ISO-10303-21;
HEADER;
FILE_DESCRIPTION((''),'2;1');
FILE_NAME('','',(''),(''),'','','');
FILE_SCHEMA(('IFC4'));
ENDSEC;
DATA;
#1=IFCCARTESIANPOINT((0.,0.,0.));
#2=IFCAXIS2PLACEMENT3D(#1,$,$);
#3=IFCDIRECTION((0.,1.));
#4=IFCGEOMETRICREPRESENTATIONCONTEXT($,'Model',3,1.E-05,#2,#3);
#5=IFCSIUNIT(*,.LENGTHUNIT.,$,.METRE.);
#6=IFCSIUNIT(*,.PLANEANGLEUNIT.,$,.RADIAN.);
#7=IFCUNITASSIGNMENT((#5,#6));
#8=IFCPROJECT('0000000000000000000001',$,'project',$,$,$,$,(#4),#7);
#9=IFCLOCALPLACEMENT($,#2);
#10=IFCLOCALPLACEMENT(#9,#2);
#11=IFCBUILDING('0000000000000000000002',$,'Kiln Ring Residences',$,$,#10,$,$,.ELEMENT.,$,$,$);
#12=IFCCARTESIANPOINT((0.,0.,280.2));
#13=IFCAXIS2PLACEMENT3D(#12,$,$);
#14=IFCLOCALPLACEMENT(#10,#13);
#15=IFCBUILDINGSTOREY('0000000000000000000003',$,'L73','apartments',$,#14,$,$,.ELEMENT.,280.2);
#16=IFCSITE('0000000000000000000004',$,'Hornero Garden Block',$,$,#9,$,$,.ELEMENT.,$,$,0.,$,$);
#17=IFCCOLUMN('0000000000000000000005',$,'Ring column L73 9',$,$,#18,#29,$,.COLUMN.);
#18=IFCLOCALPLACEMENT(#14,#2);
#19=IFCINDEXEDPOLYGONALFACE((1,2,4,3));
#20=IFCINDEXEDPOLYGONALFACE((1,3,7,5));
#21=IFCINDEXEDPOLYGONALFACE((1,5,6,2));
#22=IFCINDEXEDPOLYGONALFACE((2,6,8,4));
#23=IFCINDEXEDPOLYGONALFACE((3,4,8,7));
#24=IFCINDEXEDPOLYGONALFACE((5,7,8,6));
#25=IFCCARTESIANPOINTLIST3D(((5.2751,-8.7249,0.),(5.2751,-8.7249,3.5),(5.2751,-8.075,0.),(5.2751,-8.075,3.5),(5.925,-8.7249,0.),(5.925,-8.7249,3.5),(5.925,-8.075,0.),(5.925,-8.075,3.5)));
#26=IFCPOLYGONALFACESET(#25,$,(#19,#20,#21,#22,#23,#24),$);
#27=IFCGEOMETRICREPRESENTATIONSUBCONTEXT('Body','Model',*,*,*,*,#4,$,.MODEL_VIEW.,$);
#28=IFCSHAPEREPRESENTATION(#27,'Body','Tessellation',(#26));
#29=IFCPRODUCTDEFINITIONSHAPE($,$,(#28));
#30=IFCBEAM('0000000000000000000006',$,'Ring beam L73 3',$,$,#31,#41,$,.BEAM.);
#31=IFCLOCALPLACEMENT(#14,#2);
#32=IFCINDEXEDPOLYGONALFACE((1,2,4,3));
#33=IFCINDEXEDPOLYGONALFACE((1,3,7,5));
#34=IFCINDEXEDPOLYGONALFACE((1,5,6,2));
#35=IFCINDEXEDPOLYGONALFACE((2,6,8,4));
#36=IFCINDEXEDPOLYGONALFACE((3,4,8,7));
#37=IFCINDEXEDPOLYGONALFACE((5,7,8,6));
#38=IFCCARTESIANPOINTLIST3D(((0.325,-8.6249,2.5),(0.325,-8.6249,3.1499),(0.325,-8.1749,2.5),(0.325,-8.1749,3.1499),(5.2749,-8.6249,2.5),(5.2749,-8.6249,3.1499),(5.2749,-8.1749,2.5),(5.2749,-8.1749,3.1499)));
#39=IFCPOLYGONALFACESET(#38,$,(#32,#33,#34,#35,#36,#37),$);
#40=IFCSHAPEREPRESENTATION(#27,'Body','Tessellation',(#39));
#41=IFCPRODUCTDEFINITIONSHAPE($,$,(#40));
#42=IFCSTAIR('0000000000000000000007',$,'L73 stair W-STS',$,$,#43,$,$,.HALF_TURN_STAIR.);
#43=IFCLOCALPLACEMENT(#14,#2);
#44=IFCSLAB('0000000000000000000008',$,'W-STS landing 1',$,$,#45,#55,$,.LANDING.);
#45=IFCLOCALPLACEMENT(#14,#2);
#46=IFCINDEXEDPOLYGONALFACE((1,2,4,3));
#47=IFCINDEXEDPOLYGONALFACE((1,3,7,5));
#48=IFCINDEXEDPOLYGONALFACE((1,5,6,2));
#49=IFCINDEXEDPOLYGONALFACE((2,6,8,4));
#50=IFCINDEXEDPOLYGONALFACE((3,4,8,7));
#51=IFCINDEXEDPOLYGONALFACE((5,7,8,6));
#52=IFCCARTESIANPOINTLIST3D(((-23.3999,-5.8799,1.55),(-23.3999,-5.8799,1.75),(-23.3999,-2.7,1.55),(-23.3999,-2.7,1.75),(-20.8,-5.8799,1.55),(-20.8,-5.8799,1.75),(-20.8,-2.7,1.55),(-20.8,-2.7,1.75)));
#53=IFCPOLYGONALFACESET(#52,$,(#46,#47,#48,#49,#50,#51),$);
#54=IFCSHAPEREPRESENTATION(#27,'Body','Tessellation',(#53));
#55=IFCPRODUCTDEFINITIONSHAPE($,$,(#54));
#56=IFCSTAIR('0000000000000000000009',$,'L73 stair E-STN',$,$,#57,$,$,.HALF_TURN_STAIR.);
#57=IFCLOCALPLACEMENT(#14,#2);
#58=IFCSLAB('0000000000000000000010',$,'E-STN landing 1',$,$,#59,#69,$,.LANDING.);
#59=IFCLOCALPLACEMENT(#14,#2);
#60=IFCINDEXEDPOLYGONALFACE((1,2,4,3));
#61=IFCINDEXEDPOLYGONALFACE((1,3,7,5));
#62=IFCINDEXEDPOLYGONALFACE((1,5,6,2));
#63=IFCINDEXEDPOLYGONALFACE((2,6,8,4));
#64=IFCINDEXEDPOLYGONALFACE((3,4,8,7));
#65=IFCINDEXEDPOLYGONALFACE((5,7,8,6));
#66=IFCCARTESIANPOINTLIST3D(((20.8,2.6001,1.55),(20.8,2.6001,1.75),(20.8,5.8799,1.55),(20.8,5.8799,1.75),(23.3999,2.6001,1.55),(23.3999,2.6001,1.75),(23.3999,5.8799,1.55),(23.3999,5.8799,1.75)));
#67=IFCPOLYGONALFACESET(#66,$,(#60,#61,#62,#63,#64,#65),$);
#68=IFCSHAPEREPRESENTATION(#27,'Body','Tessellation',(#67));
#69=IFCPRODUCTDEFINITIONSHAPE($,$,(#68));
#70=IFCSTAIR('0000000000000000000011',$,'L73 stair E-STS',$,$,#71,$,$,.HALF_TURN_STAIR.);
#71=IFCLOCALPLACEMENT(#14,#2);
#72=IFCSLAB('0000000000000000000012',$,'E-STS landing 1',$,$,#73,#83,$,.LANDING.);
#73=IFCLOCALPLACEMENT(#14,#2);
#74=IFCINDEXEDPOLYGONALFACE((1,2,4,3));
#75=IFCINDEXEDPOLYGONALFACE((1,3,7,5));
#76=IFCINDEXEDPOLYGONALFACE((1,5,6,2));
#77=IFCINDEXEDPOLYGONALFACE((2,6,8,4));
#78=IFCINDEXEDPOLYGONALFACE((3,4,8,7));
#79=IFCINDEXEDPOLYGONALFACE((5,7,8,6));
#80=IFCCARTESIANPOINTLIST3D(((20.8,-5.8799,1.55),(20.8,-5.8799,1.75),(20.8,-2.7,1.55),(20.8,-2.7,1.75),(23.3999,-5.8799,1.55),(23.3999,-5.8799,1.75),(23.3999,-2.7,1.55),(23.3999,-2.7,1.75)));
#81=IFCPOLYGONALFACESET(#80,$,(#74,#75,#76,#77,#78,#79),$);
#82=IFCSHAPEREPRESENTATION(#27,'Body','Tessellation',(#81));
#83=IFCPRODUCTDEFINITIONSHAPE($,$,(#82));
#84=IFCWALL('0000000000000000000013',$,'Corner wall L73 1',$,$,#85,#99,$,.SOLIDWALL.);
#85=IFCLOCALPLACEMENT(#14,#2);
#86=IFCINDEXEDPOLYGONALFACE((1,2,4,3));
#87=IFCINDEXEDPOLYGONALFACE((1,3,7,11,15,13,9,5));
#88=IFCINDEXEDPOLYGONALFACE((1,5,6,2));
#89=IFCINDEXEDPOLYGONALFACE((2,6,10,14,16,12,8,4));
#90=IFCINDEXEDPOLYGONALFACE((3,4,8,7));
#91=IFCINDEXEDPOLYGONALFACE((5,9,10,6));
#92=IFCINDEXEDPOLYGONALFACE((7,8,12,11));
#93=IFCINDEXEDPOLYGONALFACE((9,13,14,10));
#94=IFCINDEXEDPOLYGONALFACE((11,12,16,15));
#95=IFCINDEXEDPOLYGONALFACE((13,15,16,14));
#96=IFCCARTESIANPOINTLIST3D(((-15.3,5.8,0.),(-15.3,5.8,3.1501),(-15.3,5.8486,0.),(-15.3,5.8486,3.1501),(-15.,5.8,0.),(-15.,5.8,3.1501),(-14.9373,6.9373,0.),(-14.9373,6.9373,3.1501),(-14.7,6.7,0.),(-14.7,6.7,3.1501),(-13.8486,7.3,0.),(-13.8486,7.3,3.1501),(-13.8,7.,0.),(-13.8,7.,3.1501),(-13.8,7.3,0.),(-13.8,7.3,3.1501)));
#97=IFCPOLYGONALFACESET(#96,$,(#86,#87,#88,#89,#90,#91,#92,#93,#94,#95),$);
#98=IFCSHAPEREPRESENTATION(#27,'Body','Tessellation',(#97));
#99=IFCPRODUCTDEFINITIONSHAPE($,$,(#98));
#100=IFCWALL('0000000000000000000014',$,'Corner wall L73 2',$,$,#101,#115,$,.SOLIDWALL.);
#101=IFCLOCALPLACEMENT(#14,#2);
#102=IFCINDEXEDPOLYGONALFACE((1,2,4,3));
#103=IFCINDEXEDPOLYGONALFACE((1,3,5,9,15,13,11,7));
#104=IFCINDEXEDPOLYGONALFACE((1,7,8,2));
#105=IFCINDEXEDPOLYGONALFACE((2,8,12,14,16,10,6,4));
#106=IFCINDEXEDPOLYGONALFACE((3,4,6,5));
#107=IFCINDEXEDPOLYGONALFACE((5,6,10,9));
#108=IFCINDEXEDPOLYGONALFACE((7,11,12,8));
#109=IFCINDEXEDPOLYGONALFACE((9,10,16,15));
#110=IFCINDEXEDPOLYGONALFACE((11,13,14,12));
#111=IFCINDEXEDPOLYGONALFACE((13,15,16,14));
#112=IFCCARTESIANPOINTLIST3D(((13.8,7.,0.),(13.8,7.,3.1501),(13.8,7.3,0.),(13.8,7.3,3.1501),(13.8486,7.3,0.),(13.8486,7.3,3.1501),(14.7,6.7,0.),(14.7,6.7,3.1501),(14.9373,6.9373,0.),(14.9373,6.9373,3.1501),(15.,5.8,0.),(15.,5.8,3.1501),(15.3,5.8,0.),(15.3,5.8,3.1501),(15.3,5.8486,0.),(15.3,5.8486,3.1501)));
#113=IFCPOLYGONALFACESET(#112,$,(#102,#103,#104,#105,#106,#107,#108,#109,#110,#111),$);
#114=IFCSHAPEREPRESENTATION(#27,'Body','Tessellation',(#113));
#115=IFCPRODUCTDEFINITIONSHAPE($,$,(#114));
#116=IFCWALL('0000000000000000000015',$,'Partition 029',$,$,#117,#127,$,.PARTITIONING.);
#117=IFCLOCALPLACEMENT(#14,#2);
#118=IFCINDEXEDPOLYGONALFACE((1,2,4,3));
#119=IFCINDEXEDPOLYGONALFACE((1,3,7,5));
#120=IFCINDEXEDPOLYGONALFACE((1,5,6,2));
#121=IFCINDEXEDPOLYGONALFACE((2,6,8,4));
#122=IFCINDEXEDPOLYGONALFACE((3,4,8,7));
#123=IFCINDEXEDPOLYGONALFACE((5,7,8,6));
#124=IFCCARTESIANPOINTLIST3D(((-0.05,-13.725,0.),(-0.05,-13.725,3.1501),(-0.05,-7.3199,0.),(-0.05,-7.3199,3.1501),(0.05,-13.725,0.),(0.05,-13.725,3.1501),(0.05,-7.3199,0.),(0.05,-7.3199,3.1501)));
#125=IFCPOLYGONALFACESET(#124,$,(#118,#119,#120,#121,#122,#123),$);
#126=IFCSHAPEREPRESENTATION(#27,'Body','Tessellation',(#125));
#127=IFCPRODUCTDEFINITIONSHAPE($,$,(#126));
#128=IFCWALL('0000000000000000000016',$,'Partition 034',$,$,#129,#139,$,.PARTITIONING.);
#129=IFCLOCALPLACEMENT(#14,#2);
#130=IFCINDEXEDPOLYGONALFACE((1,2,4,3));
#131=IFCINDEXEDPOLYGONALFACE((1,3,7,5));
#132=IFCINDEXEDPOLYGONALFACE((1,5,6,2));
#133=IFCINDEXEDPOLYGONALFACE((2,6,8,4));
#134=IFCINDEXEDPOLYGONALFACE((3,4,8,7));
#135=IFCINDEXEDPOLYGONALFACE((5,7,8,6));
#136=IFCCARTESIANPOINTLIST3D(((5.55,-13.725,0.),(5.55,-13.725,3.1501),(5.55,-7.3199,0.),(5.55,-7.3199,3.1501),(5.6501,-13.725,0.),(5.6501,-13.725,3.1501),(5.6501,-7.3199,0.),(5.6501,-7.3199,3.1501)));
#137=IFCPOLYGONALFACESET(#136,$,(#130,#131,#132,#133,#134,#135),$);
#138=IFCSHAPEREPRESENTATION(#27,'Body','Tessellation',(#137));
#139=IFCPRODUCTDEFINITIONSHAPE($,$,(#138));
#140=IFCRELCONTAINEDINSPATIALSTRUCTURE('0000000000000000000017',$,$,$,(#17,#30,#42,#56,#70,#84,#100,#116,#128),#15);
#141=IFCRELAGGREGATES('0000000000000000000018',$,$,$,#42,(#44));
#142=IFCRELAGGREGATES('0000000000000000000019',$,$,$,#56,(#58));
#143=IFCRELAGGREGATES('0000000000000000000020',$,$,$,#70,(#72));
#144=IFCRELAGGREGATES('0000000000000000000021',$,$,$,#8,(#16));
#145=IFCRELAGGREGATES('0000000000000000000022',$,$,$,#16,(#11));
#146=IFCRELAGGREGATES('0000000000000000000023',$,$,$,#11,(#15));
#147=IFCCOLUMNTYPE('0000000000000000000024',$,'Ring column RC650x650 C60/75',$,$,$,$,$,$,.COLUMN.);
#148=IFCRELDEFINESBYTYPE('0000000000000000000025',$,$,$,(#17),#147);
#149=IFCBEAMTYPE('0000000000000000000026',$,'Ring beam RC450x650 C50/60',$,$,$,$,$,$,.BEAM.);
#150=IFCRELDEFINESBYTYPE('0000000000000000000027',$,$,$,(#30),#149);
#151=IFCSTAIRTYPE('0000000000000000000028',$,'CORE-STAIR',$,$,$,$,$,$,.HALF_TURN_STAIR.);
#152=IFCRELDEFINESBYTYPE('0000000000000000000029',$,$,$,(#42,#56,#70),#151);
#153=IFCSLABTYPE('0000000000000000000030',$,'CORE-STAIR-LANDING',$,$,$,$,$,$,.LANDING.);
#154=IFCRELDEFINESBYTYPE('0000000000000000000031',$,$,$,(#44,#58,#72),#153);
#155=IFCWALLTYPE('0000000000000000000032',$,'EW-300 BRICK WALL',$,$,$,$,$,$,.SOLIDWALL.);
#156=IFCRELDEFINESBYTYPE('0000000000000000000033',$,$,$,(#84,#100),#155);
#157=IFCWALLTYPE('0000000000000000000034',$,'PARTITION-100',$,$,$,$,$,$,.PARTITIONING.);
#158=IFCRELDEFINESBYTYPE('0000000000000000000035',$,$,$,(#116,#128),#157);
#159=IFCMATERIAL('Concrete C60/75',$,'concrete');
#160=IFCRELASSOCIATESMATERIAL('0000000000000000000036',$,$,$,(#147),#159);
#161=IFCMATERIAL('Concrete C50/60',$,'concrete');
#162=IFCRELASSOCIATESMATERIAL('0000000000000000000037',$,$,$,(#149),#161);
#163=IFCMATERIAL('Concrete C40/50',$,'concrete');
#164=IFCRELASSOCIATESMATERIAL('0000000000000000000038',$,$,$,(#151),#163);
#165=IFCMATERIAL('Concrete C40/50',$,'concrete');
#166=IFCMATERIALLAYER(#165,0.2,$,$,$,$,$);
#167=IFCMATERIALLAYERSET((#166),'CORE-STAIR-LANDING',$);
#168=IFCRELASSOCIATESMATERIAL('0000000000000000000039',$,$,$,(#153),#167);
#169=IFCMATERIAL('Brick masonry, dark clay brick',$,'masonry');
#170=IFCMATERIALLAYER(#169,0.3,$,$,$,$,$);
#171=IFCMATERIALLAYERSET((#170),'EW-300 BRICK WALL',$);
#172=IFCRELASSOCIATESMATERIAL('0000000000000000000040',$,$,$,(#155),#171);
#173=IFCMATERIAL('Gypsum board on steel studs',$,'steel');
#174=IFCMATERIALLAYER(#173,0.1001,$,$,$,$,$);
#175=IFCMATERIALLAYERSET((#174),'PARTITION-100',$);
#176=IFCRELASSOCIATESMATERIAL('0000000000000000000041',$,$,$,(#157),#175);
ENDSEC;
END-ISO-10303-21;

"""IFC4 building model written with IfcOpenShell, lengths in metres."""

from ifc_helpers import new_model, si_unit, direction, frame, frame_2d, origin, origin_2d, place, context, subcontext, project, spatial, polyline, rectangle, outline, extrude, material, layer, layer_set, material_profile, profile_set, type_object, element, aggregate, save


model = new_model("IFC4")

# Units and contexts
model_context = context("Model", 3, precision=1e-05, world=origin(), true_north=direction((0.0, 1.0)))
body_context = subcontext(model_context, "Body", "Model", "MODEL_VIEW")
ifc_project = project(units=[si_unit("LENGTHUNIT", "METRE"), si_unit("PLANEANGLEUNIT", "RADIAN")], contexts=[model_context])

# Site, building, storey
site_placement = place(None, origin())
site = spatial("IfcSite", under=ifc_project, at=site_placement, Name="Hornero Garden Block", CompositionType="ELEMENT", RefElevation=0.0)
building_placement = place(site_placement, origin())
building = spatial("IfcBuilding", under=site, at=building_placement, Name="Kiln Ring Residences", CompositionType="ELEMENT")
storey_placement = place(building_placement, frame((0.0, 0.0, 280.2)))
storey = spatial("IfcBuildingStorey", under=building, at=storey_placement, Name="L73", Description="apartments", CompositionType="ELEMENT", Elevation=280.2)

# Column
ifc_material_1 = material(Name="Concrete C60/75", Category="concrete")
ifc_material_profile_1 = material_profile(ifc_material_1, rectangle(XDim=0.6499, YDim=0.6499, at=origin_2d()), Name="RC650x650")
ifc_profile_set_1 = profile_set([ifc_material_profile_1], Name="Concrete C60/75")
column_type = type_object("IfcColumnType", Name="Ring column RC650x650 C60/75", PredefinedType="COLUMN", material=ifc_profile_set_1)
column_placement = place(storey_placement, frame((5.6001, -8.3999, 0.0), z_axis=(0.0, 0.0, 1.0), x_axis=(1.0, 0.0, 0.0)))
element("IfcColumn", 1, at=column_placement, inside=storey, type_object=column_type, Name="Ring column L73 9", PredefinedType="COLUMN", context=body_context, shape_type="SweptSolid", body=[
    extrude(rectangle(XDim=0.6499, YDim=0.6499, at=origin_2d()), origin(), (0.0, 0.0, 1.0), 3.5),
])

# Beam
ifc_material_2 = material(Name="Concrete C50/60", Category="concrete")
ifc_material_profile_2 = material_profile(ifc_material_2, rectangle(XDim=0.45, YDim=0.6499, at=origin_2d()), Name="RC450x650")
ifc_profile_set_2 = profile_set([ifc_material_profile_2], Name="Concrete C50/60")
beam_type = type_object("IfcBeamType", Name="Ring beam RC450x650 C50/60", PredefinedType="BEAM", material=ifc_profile_set_2)
beam_placement = place(storey_placement, frame((0.325, -8.3999, 2.825), z_axis=(1.0, 0.0, 0.0), x_axis=(0.0, 1.0, 0.0)))
element("IfcBeam", 2, at=beam_placement, inside=storey, type_object=beam_type, Name="Ring beam L73 3", PredefinedType="BEAM", context=body_context, shape_type="SweptSolid", body=[
    extrude(rectangle(XDim=0.45, YDim=0.6499, at=origin_2d()), origin(), (0.0, 0.0, 1.0), 4.95),
])

# Stairs, slabs
ifc_material_3 = material(Name="Concrete C40/50", Category="concrete")
stair_type = type_object("IfcStairType", Name="CORE-STAIR", PredefinedType="HALF_TURN_STAIR", material=ifc_material_3)
placement_1 = place(storey_placement, origin())
stair_1 = element("IfcStair", 3, at=placement_1, inside=storey, type_object=stair_type, Name="L73 stair W-STS", PredefinedType="HALF_TURN_STAIR")
ifc_material_4 = material(Name="Concrete C40/50", Category="concrete")
ifc_layer_1 = layer(ifc_material_4, 0.2)
ifc_layer_set_1 = layer_set([ifc_layer_1], Name="CORE-STAIR-LANDING")
slab_type = type_object("IfcSlabType", Name="CORE-STAIR-LANDING", PredefinedType="LANDING", material=ifc_layer_set_1)
placement_2 = place(storey_placement, frame((0.0, 0.0, 1.55)))
slab_1 = element("IfcSlab", 4, at=placement_2, type_object=slab_type, Name="W-STS landing 1", PredefinedType="LANDING", context=body_context, shape_type="SweptSolid", body=[
    extrude(outline(polyline([(-20.8, -5.8799), (-20.8, -2.7), (-23.3999, -2.7), (-23.3999, -5.8799), (-20.8, -5.8799)])), origin(), (0.0, 0.0, 1.0), 0.2),
])
aggregate(stair_1, [slab_1])
stair_2 = element("IfcStair", 5, at=placement_1, inside=storey, type_object=stair_type, Name="L73 stair E-STN", PredefinedType="HALF_TURN_STAIR")
slab_2 = element("IfcSlab", 6, at=placement_2, type_object=slab_type, Name="E-STN landing 1", PredefinedType="LANDING", context=body_context, shape_type="SweptSolid", body=[
    extrude(outline(polyline([(20.8, 5.8799), (20.8, 2.6001), (23.3999, 2.6001), (23.3999, 5.8799), (20.8, 5.8799)])), origin(), (0.0, 0.0, 1.0), 0.2),
])
aggregate(stair_2, [slab_2])
stair_3 = element("IfcStair", 7, at=placement_1, inside=storey, type_object=stair_type, Name="L73 stair E-STS", PredefinedType="HALF_TURN_STAIR")
slab_3 = element("IfcSlab", 8, at=placement_2, type_object=slab_type, Name="E-STS landing 1", PredefinedType="LANDING", context=body_context, shape_type="SweptSolid", body=[
    extrude(outline(polyline([(23.3999, -5.8799), (23.3999, -2.7), (20.8, -2.7), (20.8, -5.8799), (23.3999, -5.8799)])), origin(), (0.0, 0.0, 1.0), 0.2),
])
aggregate(stair_3, [slab_3])

# Walls
ifc_material_5 = material(Name="Brick masonry, dark clay brick", Category="masonry")
ifc_layer_2 = layer(ifc_material_5, 0.3)
ifc_layer_set_2 = layer_set([ifc_layer_2], Name="EW-300 BRICK WALL")
wall_type_1 = type_object("IfcWallType", Name="EW-300 BRICK WALL", PredefinedType="SOLIDWALL", material=ifc_layer_set_2)
element("IfcWall", 9, at=placement_1, inside=storey, type_object=wall_type_1, Name="Corner wall L73 1", PredefinedType="SOLIDWALL", context=body_context, shape_type="SweptSolid", body=[
    extrude(outline(polyline([(-13.8486, 7.3), (-14.9373, 6.9373), (-15.3, 5.8486), (-15.3, 5.8), (-15.0, 5.8), (-14.7, 6.7), (-13.8, 7.0), (-13.8, 7.3), (-13.8486, 7.3)])), origin(), (0.0, 0.0, 1.0), 3.1501),
])
element("IfcWall", 10, at=placement_1, inside=storey, type_object=wall_type_1, Name="Corner wall L73 2", PredefinedType="SOLIDWALL", context=body_context, shape_type="SweptSolid", body=[
    extrude(outline(polyline([(14.9373, 6.9373), (13.8486, 7.3), (13.8, 7.3), (13.8, 7.0), (14.7, 6.7), (15.0, 5.8), (15.3, 5.8), (15.3, 5.8486), (14.9373, 6.9373)])), origin(), (0.0, 0.0, 1.0), 3.1501),
])
ifc_material_6 = material(Name="Gypsum board on steel studs", Category="steel")
ifc_layer_3 = layer(ifc_material_6, 0.1001)
ifc_layer_set_3 = layer_set([ifc_layer_3], Name="PARTITION-100")
wall_type_2 = type_object("IfcWallType", Name="PARTITION-100", PredefinedType="PARTITIONING", material=ifc_layer_set_3)
for number, where, z_axis, x_axis, name in (
    (11, (0.0, -13.7251, 0.0), (0.0, 0.0, 1.0), (0.0, 1.0, 0.0), "Partition 029"),
    (12, (5.6001, -13.7251, 0.0), (0.0, 0.0, 1.0), (0.0, 1.0, 0.0), "Partition 034"),
):
    element("IfcWall", number, at=place(storey_placement, frame(where, z_axis=z_axis, x_axis=x_axis)), inside=storey, type_object=wall_type_2, Name=name, PredefinedType="PARTITIONING", context=body_context, shape_type="SweptSolid", body=[
        extrude(rectangle(XDim=6.405, YDim=0.1001, at=frame_2d((3.2026, 0.0))), origin(), (0.0, 0.0, 1.0), 3.1501),
    ])

save(model, "model.ifc")
